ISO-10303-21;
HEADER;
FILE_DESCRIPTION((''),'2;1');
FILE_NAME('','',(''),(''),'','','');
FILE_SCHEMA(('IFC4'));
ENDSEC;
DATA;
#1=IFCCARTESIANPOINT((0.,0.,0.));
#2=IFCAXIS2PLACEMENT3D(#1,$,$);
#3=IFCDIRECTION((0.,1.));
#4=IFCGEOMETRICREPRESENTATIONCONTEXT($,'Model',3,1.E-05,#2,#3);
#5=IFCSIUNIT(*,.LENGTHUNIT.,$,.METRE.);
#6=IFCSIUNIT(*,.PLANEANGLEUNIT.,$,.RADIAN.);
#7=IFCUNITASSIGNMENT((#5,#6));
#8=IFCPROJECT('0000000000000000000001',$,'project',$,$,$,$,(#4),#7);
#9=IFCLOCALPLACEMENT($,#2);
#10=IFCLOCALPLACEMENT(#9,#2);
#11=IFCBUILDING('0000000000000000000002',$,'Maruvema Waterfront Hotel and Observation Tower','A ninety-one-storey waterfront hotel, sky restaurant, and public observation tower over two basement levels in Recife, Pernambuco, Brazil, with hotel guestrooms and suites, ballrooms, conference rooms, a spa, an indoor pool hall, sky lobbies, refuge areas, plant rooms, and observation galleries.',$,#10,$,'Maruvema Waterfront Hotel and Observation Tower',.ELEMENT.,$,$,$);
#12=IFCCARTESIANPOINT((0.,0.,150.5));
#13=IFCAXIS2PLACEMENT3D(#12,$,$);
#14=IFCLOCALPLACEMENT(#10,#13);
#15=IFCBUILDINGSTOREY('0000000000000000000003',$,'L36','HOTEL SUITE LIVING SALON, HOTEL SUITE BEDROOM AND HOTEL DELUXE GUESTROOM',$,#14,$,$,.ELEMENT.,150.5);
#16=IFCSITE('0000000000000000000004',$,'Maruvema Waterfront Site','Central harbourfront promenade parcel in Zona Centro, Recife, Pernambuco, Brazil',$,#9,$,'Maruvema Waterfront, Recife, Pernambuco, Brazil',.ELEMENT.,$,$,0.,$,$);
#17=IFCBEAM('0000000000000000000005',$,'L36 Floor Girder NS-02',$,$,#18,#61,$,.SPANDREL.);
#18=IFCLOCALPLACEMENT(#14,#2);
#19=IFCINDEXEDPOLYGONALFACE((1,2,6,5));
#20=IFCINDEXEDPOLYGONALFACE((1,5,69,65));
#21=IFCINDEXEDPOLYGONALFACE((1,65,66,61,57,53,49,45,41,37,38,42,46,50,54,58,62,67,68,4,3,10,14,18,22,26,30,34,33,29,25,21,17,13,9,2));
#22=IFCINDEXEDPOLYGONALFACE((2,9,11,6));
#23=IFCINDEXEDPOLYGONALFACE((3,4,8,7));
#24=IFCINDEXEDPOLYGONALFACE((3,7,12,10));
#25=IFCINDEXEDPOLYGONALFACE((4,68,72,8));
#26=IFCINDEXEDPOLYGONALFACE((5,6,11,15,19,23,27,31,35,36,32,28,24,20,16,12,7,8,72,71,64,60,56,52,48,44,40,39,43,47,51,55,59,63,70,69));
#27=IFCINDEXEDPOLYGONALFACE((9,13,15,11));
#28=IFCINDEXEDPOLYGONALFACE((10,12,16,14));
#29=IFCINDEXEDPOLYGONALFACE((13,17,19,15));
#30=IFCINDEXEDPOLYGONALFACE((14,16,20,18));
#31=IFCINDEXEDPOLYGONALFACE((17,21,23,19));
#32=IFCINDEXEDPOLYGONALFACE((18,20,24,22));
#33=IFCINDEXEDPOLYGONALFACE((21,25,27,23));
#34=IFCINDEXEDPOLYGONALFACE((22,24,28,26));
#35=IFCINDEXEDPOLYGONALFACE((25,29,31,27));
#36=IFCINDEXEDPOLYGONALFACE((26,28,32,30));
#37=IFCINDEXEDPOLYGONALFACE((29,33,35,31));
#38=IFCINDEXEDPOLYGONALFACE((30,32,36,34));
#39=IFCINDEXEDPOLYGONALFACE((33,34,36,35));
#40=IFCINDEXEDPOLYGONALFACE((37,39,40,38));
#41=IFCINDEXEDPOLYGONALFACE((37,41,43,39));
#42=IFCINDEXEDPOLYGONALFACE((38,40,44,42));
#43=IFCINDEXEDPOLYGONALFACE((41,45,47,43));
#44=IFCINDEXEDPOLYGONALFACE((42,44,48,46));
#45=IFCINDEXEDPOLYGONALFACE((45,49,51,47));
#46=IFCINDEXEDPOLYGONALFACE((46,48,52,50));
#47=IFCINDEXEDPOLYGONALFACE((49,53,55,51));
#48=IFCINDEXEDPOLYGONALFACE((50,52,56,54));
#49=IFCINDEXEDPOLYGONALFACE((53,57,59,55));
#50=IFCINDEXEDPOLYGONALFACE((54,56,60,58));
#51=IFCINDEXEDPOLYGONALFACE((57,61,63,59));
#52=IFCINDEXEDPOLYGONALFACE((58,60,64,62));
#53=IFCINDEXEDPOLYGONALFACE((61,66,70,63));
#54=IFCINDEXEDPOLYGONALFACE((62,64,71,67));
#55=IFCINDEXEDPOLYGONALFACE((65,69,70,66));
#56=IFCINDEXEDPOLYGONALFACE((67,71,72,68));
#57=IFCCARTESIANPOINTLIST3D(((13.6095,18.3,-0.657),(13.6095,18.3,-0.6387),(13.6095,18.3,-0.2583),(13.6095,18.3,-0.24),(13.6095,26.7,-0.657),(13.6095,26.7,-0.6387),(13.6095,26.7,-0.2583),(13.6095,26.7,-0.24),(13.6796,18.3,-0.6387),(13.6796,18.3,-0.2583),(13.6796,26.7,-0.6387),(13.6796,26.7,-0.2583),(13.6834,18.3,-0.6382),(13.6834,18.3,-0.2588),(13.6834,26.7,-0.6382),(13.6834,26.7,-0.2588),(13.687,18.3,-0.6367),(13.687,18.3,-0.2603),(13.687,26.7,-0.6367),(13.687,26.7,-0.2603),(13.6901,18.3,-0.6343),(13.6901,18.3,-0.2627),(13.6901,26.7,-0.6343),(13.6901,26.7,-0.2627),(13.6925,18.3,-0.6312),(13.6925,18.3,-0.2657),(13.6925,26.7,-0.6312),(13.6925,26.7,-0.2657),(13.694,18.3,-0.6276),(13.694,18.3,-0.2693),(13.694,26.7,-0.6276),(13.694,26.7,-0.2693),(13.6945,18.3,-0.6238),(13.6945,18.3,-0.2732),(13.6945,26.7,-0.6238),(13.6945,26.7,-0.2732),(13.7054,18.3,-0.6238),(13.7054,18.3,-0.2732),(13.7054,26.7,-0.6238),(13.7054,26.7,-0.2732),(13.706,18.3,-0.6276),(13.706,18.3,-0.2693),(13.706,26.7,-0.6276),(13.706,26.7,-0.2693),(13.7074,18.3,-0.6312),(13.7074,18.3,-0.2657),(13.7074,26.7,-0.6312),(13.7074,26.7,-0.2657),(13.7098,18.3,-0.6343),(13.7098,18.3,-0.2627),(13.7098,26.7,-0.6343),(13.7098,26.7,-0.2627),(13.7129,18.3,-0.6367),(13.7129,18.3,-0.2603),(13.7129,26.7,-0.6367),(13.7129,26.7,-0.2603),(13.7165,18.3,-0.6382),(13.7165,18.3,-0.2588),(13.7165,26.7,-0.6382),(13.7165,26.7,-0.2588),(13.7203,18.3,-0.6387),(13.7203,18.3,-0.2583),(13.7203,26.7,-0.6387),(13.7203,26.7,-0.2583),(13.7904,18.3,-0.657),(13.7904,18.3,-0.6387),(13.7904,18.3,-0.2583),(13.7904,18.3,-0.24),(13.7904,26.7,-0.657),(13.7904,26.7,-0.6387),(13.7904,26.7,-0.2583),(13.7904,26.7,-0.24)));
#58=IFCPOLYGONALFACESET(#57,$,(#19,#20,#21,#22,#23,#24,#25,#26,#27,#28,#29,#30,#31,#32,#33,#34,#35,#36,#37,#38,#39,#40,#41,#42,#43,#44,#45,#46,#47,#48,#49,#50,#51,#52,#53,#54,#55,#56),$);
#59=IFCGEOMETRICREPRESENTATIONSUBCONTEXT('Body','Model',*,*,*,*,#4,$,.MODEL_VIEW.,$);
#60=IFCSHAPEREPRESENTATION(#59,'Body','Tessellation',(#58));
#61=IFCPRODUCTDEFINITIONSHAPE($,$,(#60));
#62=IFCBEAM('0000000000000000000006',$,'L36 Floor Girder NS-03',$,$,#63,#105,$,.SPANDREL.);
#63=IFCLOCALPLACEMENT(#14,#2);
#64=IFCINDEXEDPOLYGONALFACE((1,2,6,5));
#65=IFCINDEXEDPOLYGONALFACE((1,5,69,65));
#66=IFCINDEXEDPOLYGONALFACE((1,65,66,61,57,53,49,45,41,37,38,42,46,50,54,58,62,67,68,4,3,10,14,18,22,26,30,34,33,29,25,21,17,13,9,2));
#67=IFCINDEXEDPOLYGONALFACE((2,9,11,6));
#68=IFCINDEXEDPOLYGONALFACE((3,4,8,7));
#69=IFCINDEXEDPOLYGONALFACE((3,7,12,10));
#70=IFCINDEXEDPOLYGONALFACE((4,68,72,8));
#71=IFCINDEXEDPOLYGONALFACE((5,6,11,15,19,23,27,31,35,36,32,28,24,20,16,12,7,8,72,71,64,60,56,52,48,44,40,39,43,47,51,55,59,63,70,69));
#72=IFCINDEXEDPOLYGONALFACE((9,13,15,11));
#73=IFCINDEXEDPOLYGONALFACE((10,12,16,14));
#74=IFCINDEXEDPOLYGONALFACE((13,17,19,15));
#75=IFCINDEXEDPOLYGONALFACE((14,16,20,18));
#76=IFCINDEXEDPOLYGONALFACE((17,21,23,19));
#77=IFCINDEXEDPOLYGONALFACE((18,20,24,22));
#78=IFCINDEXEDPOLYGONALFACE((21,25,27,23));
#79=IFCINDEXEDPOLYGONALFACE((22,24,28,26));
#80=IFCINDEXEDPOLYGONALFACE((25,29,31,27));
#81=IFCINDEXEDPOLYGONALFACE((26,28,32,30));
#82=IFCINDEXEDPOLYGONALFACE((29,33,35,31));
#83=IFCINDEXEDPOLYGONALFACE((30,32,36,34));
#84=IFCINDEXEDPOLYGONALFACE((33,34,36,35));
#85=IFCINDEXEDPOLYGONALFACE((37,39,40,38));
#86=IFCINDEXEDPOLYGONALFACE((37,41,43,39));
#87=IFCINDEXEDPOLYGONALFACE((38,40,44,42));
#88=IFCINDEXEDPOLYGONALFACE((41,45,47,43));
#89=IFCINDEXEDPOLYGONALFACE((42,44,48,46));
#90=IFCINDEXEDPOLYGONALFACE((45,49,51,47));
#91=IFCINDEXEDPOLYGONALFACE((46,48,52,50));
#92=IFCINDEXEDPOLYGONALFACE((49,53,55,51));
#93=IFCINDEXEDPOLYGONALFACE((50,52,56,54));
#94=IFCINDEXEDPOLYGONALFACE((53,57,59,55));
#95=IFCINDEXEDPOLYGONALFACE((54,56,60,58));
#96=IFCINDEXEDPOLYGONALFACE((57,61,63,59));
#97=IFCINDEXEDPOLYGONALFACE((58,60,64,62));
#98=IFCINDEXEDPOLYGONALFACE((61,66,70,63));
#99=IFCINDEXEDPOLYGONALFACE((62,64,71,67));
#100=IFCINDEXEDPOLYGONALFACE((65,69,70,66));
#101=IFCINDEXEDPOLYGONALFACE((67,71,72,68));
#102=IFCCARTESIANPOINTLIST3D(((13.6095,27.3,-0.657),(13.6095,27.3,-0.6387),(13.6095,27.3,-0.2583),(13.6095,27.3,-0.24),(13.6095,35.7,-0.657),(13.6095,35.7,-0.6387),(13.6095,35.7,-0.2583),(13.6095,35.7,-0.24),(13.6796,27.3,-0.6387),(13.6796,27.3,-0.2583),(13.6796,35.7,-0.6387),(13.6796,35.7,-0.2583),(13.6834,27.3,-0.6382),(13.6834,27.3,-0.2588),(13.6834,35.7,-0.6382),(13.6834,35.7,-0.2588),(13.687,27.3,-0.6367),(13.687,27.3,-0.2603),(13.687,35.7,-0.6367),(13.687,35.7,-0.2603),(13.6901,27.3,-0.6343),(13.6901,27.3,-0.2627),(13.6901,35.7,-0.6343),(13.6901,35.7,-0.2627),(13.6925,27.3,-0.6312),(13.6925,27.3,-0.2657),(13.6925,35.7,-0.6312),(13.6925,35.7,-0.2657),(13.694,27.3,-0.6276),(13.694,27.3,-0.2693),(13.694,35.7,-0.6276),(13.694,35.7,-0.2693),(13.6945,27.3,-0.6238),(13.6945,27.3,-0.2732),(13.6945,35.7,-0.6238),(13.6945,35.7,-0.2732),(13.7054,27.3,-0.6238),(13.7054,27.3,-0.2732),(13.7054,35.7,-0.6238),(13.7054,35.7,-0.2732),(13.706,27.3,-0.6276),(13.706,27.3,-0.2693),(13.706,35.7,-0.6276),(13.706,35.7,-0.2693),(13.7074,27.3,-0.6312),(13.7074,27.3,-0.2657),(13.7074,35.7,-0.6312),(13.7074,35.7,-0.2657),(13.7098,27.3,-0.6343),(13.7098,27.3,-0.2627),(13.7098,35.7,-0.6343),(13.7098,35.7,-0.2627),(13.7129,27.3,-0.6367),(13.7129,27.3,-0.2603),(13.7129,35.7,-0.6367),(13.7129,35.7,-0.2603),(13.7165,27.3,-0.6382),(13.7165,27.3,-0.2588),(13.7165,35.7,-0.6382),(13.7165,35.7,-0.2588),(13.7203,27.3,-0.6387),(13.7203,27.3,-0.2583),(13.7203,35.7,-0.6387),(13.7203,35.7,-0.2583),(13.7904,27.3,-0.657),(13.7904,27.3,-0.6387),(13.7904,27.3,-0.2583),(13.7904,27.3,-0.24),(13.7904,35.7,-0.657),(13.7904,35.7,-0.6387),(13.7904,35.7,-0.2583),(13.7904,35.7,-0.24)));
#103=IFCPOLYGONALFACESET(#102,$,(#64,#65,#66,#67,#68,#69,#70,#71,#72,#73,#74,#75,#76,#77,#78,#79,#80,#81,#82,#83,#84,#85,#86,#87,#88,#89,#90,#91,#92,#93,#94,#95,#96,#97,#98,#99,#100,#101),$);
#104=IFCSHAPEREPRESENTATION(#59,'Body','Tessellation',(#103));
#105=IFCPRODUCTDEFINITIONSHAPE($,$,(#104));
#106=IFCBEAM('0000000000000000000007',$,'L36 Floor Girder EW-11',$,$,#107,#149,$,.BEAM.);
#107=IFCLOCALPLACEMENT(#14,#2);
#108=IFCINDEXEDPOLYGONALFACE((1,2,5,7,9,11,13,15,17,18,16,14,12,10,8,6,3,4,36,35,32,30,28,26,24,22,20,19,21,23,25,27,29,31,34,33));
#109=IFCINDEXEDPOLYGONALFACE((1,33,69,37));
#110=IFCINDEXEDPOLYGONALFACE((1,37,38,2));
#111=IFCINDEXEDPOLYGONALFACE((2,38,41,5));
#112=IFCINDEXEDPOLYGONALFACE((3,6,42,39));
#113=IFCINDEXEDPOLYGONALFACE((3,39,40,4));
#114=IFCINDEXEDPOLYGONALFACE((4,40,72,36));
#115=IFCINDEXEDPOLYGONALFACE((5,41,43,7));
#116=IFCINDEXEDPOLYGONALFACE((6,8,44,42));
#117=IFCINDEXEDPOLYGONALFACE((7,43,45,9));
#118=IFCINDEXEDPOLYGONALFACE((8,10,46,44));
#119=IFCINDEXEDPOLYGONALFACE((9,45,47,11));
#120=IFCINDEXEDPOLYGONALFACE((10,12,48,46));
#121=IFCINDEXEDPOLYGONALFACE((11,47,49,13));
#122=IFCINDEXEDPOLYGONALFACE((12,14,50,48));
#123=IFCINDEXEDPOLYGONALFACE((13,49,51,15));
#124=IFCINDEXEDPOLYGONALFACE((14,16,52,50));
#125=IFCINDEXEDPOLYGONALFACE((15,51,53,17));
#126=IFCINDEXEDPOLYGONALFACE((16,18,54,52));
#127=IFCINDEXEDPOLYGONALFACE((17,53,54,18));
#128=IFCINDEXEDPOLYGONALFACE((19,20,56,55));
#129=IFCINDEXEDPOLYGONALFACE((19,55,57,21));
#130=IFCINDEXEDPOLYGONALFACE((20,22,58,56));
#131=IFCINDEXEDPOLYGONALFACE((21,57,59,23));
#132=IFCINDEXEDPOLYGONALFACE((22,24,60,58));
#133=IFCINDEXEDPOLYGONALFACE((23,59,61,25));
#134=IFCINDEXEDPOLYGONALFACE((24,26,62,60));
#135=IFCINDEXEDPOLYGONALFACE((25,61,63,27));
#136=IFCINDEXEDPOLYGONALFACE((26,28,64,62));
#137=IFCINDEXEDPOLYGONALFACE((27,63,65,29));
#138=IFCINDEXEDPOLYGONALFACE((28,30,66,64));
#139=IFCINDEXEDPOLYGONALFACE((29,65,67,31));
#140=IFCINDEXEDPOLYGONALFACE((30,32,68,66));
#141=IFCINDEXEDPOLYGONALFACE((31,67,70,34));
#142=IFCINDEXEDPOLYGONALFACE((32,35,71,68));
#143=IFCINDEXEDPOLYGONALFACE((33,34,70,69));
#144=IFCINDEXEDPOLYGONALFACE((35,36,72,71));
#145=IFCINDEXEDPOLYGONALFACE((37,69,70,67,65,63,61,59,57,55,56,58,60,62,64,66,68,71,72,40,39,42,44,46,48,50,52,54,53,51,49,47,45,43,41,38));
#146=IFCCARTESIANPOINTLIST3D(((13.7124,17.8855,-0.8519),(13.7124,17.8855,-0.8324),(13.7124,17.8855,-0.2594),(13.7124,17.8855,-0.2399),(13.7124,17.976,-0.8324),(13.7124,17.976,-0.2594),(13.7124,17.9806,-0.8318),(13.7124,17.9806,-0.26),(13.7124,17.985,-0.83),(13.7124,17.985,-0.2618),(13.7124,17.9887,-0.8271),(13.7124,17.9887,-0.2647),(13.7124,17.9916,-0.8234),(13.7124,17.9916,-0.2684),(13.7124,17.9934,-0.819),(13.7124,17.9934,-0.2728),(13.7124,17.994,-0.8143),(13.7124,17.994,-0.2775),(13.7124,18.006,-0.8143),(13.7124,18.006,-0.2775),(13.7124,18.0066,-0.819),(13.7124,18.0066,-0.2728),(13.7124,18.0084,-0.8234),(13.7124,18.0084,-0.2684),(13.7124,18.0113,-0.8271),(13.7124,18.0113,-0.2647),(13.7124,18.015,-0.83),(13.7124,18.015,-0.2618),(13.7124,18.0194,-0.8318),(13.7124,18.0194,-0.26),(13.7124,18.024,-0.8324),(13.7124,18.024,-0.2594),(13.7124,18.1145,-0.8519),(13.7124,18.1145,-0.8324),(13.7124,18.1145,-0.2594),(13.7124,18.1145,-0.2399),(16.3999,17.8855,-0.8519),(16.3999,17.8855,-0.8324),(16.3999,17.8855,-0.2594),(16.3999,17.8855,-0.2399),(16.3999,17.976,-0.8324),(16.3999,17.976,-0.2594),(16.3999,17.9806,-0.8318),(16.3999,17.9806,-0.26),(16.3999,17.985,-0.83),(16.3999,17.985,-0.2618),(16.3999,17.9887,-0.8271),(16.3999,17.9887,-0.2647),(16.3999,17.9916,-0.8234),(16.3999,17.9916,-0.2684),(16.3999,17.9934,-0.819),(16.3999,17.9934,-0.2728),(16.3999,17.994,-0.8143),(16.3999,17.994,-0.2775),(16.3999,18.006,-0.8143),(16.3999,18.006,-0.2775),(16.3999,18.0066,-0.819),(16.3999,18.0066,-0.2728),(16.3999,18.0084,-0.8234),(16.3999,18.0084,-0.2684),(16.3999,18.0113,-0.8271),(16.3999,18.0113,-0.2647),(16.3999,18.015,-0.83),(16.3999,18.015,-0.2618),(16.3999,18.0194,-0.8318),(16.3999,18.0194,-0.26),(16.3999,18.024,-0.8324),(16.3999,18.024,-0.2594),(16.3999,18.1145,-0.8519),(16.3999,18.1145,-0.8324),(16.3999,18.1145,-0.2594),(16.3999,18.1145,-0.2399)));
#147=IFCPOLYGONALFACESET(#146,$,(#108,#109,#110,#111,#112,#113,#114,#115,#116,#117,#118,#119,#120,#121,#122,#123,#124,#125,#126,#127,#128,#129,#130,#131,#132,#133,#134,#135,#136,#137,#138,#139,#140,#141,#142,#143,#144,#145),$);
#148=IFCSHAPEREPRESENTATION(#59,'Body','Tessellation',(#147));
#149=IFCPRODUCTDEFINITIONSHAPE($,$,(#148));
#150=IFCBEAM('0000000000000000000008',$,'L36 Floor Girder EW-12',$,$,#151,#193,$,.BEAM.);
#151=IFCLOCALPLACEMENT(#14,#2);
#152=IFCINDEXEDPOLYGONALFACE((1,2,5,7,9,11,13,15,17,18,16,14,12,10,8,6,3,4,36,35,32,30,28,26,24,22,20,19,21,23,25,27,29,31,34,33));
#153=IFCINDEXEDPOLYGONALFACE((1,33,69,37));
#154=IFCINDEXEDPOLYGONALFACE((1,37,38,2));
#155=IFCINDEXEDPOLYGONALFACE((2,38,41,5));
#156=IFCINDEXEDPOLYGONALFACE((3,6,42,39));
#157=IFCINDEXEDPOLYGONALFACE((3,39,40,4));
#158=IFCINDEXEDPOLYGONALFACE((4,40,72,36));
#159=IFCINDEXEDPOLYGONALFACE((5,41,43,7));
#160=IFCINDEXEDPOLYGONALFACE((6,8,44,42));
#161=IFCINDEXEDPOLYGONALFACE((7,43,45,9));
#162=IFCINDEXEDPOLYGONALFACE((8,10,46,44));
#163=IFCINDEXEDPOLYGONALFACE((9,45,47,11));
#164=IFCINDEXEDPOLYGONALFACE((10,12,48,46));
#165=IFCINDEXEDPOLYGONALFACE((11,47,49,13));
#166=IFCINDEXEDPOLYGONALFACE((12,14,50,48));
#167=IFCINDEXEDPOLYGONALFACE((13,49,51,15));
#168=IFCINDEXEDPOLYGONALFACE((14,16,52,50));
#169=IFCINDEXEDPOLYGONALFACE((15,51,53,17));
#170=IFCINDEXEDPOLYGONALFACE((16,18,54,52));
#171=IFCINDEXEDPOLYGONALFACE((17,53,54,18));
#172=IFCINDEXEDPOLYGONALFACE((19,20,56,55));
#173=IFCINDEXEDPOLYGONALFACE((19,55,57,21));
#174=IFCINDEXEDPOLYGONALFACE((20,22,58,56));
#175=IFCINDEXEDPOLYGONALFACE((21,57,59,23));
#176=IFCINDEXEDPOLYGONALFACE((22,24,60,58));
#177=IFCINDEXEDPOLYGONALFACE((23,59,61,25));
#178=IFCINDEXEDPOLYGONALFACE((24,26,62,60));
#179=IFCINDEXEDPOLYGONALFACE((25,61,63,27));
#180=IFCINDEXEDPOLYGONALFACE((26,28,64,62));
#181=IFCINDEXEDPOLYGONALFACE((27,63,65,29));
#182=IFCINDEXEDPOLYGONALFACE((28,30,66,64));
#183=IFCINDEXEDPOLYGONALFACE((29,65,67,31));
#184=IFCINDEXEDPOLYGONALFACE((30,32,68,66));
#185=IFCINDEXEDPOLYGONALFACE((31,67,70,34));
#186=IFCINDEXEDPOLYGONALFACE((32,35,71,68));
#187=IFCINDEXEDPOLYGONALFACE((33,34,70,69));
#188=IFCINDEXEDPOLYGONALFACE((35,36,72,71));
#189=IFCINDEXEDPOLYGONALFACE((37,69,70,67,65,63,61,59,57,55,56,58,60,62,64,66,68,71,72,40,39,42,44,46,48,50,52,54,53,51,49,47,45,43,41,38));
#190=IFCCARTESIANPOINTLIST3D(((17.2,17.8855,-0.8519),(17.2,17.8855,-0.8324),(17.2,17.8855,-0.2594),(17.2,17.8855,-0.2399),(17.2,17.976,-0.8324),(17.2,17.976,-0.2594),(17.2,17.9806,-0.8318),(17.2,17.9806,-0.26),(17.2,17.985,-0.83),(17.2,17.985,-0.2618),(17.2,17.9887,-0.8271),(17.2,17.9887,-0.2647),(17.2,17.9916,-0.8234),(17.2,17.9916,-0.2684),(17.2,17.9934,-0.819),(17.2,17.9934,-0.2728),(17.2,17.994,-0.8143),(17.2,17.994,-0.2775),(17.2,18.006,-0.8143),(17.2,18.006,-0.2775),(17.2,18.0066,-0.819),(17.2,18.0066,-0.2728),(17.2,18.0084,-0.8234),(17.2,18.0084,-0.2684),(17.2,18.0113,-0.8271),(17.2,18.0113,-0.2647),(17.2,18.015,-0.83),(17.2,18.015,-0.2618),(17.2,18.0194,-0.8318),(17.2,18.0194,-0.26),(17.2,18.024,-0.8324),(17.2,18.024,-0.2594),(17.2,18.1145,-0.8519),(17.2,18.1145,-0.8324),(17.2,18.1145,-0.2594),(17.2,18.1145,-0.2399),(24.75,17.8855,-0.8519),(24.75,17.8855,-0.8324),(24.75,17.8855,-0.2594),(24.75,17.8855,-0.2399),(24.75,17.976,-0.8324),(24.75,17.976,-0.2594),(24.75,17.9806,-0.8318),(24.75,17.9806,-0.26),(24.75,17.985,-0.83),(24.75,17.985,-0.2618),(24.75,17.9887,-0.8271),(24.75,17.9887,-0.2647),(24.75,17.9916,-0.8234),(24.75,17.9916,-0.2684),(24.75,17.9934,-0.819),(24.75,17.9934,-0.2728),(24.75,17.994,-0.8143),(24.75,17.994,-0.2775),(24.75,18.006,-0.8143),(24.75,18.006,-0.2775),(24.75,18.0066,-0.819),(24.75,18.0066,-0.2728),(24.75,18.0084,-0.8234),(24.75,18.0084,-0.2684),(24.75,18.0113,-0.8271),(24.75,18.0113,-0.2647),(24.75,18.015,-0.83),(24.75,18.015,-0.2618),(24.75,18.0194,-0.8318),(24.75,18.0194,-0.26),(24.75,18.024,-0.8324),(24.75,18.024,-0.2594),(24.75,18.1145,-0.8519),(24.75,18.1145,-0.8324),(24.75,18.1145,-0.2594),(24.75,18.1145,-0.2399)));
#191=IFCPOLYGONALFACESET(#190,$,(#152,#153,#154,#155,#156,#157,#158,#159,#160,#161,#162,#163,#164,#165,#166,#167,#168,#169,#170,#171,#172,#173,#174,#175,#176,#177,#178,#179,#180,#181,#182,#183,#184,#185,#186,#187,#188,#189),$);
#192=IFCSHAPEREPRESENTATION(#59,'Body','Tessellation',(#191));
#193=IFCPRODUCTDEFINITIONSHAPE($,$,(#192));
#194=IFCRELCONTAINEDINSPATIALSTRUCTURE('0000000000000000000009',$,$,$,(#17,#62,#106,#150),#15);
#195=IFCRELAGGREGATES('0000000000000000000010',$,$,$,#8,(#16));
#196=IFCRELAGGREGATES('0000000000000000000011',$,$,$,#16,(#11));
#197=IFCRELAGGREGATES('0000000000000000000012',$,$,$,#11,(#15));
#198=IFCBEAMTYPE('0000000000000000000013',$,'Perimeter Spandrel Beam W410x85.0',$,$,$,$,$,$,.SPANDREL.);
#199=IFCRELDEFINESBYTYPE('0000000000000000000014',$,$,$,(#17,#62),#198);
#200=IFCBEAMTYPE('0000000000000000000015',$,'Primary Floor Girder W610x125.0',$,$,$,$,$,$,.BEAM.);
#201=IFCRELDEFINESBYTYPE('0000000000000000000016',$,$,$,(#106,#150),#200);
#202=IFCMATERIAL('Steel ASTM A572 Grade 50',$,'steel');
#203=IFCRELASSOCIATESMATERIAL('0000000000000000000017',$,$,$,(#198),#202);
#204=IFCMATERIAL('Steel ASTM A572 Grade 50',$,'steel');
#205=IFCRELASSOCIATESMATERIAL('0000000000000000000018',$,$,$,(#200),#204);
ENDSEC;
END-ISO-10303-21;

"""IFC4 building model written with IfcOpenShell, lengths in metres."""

from ifc_helpers import new_model, si_unit, direction, frame, origin, origin_2d, place, context, subcontext, project, spatial, i_section, extrude, material, material_profile, profile_set, type_object, element, save


model = new_model("IFC4")

# Units and contexts
model_context = context("Model", 3, precision=1e-05, world=origin(), true_north=direction((0.0, 1.0)))
body_context = subcontext(model_context, "Body", "Model", "MODEL_VIEW")
ifc_project = project(units=[si_unit("LENGTHUNIT", "METRE"), si_unit("PLANEANGLEUNIT", "RADIAN")], contexts=[model_context])

# Site, building, storey
site_placement = place(None, origin())
site = spatial("IfcSite", under=ifc_project, at=site_placement, Name="Maruvema Waterfront Site", Description="Central harbourfront promenade parcel in Zona Centro, Recife, Pernambuco, Brazil", LongName="Maruvema Waterfront, Recife, Pernambuco, Brazil", CompositionType="ELEMENT", RefElevation=0.0)
building_placement = place(site_placement, origin())
building = spatial("IfcBuilding", under=site, at=building_placement, Name="Maruvema Waterfront Hotel and Observation Tower", Description="A ninety-one-storey waterfront hotel, sky restaurant, and public observation tower over two basement levels in Recife, Pernambuco, Brazil, with hotel guestrooms and suites, ballrooms, conference rooms, a spa, an indoor pool hall, sky lobbies, refuge areas, plant rooms, and observation galleries.", LongName="Maruvema Waterfront Hotel and Observation Tower", CompositionType="ELEMENT")
storey_placement = place(building_placement, frame((0.0, 0.0, 150.5)))
storey = spatial("IfcBuildingStorey", under=building, at=storey_placement, Name="L36", Description="HOTEL SUITE LIVING SALON, HOTEL SUITE BEDROOM AND HOTEL DELUXE GUESTROOM", CompositionType="ELEMENT", Elevation=150.5)

# Beams
ifc_material_1 = material(Name="Steel ASTM A572 Grade 50", Category="steel")
ifc_material_profile_1 = material_profile(ifc_material_1, i_section(OverallWidth=0.1809, OverallDepth=0.417, WebThickness=0.011, FlangeThickness=0.0183, FilletRadius=0.0149, at=origin_2d()), Name="W410x85.0")
ifc_profile_set_1 = profile_set([ifc_material_profile_1], Name="Steel ASTM A572 Grade 50")
beam_type_1 = type_object("IfcBeamType", Name="Perimeter Spandrel Beam W410x85.0", PredefinedType="SPANDREL", material=ifc_profile_set_1)
for number, where, z_axis, x_axis, name in (
    (1, (13.7, 18.3, -0.4485), (0.0, 1.0, 0.0), (-1.0, 0.0, 0.0), "L36 Floor Girder NS-02"),
    (2, (13.7, 27.3, -0.4485), (0.0, 1.0, 0.0), (-1.0, 0.0, 0.0), "L36 Floor Girder NS-03"),
):
    element("IfcBeam", number, at=place(storey_placement, frame(where, z_axis=z_axis, x_axis=x_axis)), inside=storey, type_object=beam_type_1, Name=name, PredefinedType="SPANDREL", context=body_context, shape_type="SweptSolid", body=[
        extrude(i_section(OverallWidth=0.1809, OverallDepth=0.417, WebThickness=0.011, FlangeThickness=0.0183, FilletRadius=0.0149, at=origin_2d()), origin(), (0.0, 0.0, 1.0), 8.3999),
    ])
ifc_material_2 = material(Name="Steel ASTM A572 Grade 50", Category="steel")
ifc_material_profile_2 = material_profile(ifc_material_2, i_section(OverallWidth=0.229, OverallDepth=0.6121, WebThickness=0.012, FlangeThickness=0.0195, FilletRadius=0.0181, at=origin_2d()), Name="W610x125.0")
ifc_profile_set_2 = profile_set([ifc_material_profile_2], Name="Steel ASTM A572 Grade 50")
beam_type_2 = type_object("IfcBeamType", Name="Primary Floor Girder W610x125.0", PredefinedType="BEAM", material=ifc_profile_set_2)
beam_1_placement = place(storey_placement, frame((13.7124, 18.0, -0.5459), z_axis=(1.0, 0.0, 0.0), x_axis=(0.0, 1.0, 0.0)))
element("IfcBeam", 3, at=beam_1_placement, inside=storey, type_object=beam_type_2, Name="L36 Floor Girder EW-11", PredefinedType="BEAM", context=body_context, shape_type="SweptSolid", body=[
    extrude(i_section(OverallWidth=0.229, OverallDepth=0.6121, WebThickness=0.012, FlangeThickness=0.0195, FilletRadius=0.0181, at=origin_2d()), origin(), (0.0, 0.0, 1.0), 2.6875),
])
beam_2_placement = place(storey_placement, frame((17.2, 18.0, -0.5459), z_axis=(1.0, 0.0, 0.0), x_axis=(0.0, 1.0, 0.0)))
element("IfcBeam", 4, at=beam_2_placement, inside=storey, type_object=beam_type_2, Name="L36 Floor Girder EW-12", PredefinedType="BEAM", context=body_context, shape_type="SweptSolid", body=[
    extrude(i_section(OverallWidth=0.229, OverallDepth=0.6121, WebThickness=0.012, FlangeThickness=0.0195, FilletRadius=0.0181, at=origin_2d()), origin(), (0.0, 0.0, 1.0), 7.55),
])

save(model, "model.ifc")
